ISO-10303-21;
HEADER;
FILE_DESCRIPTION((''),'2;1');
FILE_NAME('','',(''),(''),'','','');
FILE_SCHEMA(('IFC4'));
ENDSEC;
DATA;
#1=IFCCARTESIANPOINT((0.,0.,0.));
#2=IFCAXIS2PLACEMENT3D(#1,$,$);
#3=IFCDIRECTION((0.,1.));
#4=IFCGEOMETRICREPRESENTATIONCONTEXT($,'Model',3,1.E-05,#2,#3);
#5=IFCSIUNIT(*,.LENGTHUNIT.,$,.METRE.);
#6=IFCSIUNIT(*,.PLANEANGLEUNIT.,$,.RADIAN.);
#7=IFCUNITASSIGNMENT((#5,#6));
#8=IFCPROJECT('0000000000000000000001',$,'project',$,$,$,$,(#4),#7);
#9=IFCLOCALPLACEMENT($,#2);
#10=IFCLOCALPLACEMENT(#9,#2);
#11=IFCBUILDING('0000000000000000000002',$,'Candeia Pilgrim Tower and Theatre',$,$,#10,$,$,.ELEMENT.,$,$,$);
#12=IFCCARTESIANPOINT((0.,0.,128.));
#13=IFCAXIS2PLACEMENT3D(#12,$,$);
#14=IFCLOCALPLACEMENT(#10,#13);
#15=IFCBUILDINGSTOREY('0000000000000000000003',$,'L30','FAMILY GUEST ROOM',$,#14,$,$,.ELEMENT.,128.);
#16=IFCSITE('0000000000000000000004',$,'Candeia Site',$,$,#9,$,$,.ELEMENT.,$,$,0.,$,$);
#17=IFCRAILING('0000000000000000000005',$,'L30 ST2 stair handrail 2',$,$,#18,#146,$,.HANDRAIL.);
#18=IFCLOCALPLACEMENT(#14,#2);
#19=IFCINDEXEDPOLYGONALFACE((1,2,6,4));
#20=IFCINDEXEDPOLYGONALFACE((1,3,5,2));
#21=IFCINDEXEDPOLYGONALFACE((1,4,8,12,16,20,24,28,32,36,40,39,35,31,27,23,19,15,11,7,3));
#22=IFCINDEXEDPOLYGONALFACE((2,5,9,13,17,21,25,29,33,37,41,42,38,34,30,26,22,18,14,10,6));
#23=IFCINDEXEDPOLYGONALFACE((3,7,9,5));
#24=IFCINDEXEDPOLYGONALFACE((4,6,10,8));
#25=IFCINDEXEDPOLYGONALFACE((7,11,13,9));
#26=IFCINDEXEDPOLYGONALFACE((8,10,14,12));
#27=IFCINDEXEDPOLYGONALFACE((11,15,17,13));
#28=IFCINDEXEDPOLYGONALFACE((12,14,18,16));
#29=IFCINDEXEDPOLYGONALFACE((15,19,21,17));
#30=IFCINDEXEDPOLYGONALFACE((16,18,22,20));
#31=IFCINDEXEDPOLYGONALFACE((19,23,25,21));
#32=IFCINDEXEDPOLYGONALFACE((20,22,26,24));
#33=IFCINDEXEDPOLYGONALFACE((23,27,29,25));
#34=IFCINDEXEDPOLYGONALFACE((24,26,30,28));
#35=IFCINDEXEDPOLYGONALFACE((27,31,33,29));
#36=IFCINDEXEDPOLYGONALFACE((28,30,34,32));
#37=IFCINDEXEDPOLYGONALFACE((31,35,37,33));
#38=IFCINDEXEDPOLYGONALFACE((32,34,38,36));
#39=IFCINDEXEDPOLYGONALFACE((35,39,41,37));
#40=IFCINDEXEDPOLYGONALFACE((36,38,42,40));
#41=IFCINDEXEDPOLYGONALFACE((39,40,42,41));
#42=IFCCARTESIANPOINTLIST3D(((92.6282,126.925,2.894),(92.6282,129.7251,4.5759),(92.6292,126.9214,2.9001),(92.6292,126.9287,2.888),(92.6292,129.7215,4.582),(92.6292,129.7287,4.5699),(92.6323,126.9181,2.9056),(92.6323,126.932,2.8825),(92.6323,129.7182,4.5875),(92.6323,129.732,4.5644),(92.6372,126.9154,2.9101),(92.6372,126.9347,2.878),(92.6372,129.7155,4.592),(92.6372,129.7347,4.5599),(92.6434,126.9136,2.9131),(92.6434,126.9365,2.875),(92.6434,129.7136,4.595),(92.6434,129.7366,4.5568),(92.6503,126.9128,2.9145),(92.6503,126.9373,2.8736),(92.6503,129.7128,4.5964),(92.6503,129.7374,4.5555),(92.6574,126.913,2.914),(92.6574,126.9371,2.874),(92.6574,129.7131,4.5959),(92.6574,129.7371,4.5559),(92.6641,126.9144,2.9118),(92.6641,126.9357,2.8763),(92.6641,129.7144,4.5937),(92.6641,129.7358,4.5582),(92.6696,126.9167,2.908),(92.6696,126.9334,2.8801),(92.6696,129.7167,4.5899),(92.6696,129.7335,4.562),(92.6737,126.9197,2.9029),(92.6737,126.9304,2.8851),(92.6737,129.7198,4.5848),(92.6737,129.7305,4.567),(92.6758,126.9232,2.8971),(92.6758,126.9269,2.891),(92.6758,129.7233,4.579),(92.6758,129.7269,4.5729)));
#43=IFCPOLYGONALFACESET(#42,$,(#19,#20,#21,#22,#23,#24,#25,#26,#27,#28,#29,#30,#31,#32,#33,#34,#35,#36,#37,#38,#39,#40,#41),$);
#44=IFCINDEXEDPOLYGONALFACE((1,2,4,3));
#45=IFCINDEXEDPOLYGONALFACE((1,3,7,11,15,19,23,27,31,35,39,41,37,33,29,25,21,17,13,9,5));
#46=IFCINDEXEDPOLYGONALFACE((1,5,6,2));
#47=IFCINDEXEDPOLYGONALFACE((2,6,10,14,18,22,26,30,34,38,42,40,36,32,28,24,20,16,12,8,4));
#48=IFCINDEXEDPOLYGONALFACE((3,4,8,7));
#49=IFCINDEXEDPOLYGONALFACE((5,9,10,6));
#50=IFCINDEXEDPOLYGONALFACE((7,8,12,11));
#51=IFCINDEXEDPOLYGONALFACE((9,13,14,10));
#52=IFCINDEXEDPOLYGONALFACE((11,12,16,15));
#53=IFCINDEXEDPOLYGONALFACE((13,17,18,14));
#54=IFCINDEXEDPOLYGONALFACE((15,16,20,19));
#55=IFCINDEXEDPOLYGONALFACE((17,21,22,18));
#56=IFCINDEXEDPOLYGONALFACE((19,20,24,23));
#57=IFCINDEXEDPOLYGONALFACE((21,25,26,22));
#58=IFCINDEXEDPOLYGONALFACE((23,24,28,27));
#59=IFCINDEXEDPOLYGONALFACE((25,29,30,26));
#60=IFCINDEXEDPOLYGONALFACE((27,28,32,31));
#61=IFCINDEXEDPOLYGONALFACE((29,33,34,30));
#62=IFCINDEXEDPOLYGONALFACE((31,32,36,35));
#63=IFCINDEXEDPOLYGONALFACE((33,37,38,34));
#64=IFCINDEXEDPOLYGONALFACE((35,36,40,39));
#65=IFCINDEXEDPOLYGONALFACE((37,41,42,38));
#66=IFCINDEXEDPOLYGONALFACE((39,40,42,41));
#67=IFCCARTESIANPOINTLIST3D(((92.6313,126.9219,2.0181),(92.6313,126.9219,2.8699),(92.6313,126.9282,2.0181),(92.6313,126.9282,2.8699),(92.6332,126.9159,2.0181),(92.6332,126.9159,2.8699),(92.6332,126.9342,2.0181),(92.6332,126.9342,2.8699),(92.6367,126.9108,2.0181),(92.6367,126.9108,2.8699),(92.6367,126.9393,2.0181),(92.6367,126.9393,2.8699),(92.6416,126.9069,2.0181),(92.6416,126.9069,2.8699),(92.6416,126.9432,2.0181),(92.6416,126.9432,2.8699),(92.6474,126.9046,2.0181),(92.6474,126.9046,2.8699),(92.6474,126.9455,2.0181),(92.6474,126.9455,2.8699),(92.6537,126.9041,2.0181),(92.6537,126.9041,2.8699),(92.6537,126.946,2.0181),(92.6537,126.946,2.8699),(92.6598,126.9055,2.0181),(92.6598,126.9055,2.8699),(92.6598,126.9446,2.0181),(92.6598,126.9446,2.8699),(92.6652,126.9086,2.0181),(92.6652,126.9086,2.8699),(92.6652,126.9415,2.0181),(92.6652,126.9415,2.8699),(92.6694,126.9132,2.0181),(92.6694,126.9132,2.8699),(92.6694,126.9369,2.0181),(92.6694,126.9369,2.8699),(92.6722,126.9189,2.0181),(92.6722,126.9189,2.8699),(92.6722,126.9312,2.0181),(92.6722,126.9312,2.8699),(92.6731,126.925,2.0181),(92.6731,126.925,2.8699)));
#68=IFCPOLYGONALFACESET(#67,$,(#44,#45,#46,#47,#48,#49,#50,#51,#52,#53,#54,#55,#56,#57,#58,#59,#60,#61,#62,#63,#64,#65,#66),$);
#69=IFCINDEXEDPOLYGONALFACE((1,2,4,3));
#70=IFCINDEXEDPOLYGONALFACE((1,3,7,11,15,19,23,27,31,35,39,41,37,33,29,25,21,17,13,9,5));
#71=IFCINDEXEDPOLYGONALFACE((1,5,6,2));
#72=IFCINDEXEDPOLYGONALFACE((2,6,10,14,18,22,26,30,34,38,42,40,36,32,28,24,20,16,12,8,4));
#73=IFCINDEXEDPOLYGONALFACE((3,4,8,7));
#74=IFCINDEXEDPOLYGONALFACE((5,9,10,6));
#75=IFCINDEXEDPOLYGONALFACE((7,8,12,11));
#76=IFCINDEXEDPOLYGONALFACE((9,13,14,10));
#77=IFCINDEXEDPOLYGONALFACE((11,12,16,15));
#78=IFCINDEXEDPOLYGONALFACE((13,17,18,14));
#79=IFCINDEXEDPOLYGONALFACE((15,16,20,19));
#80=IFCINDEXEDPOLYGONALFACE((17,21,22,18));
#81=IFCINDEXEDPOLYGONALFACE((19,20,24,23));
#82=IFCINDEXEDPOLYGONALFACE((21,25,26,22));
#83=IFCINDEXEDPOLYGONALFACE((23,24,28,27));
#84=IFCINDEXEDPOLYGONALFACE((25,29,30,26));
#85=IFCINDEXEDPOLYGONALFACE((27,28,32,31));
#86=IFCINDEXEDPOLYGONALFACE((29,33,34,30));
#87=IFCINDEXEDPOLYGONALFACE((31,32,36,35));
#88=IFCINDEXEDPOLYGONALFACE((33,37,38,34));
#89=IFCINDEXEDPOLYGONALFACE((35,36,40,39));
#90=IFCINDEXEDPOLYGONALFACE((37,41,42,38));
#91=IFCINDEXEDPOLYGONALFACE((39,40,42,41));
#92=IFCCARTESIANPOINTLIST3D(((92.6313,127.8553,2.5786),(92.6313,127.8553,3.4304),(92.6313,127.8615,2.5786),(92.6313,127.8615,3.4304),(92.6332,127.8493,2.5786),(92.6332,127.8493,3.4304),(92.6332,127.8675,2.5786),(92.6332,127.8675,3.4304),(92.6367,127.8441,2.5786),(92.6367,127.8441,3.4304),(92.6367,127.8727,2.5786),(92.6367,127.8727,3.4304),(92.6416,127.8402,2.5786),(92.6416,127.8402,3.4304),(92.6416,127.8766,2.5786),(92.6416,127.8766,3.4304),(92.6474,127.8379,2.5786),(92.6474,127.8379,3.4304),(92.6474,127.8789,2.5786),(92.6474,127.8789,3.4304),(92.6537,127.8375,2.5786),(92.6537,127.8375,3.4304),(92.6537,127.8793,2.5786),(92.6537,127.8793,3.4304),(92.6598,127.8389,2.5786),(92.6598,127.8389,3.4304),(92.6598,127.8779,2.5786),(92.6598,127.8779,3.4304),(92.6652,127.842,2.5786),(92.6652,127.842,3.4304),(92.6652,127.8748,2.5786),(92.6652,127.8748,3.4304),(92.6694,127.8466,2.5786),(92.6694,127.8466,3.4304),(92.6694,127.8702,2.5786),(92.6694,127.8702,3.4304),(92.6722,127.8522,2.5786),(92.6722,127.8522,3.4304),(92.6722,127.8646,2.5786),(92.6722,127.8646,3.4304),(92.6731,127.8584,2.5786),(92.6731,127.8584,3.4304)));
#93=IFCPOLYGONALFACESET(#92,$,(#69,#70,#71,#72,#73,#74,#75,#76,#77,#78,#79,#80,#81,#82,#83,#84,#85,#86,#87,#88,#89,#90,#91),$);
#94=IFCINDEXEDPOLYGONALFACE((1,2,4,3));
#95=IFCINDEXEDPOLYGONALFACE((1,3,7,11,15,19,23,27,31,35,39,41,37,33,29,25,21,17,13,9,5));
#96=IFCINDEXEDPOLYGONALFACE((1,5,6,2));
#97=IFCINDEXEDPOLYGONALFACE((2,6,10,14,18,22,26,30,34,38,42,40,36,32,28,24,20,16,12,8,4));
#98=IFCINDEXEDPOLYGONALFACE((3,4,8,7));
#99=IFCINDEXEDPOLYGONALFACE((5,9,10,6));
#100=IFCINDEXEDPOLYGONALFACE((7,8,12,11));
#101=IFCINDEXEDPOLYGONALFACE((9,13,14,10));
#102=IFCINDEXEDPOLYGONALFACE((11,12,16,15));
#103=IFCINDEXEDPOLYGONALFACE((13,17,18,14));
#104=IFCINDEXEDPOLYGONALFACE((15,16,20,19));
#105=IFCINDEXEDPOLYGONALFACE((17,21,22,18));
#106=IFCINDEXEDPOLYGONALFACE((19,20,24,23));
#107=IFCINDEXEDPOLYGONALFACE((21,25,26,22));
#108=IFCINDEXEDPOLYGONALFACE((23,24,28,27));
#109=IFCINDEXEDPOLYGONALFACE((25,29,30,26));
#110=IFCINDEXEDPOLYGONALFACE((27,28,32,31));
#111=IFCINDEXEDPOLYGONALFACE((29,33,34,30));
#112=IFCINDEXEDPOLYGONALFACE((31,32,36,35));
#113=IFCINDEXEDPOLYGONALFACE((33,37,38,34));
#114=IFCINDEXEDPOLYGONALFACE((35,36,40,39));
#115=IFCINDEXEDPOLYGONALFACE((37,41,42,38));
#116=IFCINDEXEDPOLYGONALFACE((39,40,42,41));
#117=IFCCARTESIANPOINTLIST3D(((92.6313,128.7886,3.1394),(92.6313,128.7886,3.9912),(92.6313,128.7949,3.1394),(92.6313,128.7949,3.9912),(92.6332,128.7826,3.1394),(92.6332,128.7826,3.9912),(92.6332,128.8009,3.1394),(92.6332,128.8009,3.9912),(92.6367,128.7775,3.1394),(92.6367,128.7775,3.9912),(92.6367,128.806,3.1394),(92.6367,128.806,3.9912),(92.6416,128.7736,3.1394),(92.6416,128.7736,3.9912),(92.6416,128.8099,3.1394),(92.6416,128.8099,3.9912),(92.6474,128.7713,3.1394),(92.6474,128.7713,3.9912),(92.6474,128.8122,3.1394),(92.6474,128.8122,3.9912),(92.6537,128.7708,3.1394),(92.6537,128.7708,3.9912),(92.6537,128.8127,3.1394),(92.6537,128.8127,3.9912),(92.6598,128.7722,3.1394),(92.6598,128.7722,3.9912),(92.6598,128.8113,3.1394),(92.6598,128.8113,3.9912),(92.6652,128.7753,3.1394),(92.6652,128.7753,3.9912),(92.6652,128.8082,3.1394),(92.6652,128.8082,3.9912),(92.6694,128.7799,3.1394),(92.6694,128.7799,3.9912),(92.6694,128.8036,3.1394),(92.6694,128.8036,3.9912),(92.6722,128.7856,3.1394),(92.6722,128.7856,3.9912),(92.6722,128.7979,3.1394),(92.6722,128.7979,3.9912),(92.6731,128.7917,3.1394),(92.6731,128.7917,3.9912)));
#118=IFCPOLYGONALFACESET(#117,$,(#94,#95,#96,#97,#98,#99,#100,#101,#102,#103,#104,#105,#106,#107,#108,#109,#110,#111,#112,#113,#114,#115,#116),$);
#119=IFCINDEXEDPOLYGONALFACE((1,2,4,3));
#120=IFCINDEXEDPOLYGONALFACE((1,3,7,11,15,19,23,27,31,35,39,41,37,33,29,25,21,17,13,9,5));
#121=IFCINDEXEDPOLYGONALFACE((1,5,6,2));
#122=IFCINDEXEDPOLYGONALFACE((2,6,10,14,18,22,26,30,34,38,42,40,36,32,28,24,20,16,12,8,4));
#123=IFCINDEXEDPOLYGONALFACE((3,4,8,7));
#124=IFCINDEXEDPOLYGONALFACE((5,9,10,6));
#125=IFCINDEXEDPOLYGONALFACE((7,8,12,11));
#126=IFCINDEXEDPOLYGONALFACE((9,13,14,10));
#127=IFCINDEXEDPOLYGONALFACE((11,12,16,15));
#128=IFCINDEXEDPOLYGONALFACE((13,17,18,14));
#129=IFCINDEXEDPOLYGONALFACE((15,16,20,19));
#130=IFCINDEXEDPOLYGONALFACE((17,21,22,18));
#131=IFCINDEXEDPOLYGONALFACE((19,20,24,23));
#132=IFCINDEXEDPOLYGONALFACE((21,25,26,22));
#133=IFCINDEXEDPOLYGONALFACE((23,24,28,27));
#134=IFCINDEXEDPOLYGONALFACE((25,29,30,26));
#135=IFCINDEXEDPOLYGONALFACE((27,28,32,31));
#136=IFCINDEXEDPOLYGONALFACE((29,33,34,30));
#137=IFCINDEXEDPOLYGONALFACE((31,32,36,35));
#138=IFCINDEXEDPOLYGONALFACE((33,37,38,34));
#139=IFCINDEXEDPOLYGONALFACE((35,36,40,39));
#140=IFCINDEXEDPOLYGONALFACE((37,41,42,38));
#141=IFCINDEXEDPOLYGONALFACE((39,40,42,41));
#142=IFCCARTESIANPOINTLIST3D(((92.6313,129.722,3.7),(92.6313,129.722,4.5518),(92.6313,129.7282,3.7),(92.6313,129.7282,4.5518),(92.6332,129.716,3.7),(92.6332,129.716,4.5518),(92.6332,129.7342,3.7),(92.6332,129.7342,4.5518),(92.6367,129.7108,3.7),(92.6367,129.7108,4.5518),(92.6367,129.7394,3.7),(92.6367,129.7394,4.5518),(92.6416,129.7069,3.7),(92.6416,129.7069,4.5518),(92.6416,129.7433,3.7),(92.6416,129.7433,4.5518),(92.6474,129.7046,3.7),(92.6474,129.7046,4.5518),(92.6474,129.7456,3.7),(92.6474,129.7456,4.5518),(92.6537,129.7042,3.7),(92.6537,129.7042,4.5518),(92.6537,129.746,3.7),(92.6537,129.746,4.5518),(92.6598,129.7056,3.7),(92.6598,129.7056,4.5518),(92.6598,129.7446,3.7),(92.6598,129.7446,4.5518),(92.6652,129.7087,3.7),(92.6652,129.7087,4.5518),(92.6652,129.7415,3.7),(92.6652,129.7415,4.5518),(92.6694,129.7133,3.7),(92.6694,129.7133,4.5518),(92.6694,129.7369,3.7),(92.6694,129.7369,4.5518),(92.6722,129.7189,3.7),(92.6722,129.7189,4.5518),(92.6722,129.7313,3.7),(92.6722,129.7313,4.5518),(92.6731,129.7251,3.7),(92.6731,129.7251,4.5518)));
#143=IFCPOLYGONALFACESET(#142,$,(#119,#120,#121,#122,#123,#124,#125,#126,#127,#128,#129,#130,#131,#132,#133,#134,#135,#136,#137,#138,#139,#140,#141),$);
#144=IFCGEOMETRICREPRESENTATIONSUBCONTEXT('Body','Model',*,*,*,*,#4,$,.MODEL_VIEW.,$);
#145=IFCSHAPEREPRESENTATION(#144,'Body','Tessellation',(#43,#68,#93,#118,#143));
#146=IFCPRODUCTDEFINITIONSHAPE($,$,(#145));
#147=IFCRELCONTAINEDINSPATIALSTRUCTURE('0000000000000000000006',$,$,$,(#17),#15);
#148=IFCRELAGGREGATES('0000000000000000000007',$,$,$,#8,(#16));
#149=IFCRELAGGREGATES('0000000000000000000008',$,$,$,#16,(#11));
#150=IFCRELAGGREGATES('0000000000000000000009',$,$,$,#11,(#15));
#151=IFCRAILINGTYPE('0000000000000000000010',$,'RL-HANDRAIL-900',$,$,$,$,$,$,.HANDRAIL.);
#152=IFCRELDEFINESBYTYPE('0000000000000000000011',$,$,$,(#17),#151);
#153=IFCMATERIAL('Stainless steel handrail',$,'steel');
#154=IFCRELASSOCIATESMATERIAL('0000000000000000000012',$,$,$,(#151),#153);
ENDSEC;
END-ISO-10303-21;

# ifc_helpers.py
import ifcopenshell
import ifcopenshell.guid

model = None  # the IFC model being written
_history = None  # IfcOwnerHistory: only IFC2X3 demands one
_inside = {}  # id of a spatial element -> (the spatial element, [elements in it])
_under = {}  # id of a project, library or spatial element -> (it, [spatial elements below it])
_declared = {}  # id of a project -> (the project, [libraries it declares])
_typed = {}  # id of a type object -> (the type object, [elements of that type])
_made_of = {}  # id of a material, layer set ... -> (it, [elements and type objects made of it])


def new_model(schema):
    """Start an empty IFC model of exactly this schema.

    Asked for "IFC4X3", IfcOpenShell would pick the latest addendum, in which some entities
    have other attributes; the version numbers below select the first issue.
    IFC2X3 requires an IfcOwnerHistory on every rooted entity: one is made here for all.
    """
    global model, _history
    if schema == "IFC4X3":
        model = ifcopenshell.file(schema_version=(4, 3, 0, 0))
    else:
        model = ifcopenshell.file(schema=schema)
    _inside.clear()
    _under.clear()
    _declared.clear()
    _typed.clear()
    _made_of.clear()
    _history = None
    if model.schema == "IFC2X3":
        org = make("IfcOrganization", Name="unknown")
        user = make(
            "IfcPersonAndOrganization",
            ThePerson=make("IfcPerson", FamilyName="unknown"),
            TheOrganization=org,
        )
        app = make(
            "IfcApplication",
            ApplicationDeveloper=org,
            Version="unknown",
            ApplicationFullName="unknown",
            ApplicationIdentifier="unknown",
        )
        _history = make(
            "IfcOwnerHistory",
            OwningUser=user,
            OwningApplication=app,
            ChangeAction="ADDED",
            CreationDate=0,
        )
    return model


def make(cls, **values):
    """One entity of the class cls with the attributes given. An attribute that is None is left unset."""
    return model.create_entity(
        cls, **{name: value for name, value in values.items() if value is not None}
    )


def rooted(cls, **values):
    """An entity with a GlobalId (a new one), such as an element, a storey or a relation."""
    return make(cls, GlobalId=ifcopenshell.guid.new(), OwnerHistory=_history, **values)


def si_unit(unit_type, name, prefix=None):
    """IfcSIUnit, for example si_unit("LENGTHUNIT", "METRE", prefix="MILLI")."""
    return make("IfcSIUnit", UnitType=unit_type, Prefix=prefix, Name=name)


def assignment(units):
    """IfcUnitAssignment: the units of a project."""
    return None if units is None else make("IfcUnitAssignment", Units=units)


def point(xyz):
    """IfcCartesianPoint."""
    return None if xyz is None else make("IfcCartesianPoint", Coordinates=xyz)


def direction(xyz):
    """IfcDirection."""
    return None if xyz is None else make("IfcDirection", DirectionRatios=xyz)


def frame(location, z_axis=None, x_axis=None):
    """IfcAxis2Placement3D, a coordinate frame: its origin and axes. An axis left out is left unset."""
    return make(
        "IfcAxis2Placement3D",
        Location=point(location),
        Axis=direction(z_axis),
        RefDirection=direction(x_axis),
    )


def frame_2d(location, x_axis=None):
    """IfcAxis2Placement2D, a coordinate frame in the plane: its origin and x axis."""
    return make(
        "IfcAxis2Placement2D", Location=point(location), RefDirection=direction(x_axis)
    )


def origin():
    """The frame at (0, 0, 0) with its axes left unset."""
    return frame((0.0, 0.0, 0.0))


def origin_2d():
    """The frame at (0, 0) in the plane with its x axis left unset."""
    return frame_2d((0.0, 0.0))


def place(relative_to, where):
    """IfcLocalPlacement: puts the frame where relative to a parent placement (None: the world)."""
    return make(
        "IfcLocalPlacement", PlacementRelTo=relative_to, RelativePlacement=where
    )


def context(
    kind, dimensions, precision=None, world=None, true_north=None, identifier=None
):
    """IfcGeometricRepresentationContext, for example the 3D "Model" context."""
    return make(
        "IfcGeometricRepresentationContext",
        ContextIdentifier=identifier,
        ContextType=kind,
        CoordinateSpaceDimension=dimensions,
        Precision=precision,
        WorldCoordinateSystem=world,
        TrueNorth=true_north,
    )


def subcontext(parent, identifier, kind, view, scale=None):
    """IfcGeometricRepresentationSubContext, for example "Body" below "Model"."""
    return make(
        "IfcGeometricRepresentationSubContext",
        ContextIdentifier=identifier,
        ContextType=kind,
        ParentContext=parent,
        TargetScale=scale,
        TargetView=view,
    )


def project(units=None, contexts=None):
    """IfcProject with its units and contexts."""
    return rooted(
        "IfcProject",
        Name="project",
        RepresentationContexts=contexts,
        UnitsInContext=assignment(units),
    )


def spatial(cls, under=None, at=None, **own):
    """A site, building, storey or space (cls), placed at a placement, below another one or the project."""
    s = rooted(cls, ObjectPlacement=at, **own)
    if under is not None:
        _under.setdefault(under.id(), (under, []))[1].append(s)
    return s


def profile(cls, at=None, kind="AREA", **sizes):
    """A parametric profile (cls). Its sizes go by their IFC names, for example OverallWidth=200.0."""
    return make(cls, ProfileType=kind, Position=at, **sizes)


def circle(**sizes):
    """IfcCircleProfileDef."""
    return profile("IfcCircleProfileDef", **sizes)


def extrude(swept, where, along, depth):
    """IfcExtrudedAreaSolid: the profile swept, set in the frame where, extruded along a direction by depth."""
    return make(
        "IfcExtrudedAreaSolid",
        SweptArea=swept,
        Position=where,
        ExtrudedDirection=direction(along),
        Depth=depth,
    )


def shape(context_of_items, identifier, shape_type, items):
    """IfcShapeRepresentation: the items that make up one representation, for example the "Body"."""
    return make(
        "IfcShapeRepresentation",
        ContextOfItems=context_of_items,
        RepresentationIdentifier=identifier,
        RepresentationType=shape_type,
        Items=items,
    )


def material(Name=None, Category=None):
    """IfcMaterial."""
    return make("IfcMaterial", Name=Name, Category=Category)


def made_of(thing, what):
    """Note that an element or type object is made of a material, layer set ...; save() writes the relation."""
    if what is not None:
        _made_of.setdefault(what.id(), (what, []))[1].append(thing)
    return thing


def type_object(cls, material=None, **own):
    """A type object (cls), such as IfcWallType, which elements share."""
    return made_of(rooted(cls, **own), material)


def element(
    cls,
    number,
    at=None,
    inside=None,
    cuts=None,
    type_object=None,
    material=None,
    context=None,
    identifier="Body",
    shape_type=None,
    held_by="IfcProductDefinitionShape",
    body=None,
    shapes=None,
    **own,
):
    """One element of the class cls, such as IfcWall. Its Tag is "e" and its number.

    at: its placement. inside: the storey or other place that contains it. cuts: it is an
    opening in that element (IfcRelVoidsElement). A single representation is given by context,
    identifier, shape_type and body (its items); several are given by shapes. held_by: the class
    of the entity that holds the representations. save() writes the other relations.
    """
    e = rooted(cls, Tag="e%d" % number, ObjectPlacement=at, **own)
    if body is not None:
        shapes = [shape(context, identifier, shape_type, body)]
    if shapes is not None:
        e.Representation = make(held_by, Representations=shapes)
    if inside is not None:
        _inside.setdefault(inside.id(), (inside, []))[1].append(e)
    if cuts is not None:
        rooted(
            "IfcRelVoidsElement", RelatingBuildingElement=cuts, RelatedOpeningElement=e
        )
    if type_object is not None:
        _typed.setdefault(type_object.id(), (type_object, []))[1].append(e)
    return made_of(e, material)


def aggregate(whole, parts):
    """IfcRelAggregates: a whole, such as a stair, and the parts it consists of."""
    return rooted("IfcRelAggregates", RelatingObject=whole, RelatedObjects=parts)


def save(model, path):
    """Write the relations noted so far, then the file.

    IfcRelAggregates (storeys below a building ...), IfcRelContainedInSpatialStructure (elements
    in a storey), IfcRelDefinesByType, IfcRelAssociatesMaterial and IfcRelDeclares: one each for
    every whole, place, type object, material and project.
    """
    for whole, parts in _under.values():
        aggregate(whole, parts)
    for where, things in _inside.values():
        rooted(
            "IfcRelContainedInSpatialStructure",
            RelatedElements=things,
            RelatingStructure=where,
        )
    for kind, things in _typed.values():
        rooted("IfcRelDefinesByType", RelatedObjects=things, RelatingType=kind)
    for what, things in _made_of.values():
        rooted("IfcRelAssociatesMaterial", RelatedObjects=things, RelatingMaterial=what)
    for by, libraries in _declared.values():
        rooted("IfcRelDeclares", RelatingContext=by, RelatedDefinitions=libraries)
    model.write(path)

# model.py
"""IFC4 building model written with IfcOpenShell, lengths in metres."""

from ifc_helpers import new_model, si_unit, direction, frame, origin, origin_2d, place, context, subcontext, project, spatial, circle, extrude, material, type_object, element, save


model = new_model("IFC4")

# Units and contexts
model_context = context("Model", 3, precision=1e-05, world=origin(), true_north=direction((0.0, 1.0)))
body_context = subcontext(model_context, "Body", "Model", "MODEL_VIEW")
ifc_project = project(units=[si_unit("LENGTHUNIT", "METRE"), si_unit("PLANEANGLEUNIT", "RADIAN")], contexts=[model_context])

# Site, building, storey
site_placement = place(None, origin())
site = spatial("IfcSite", under=ifc_project, at=site_placement, Name="Candeia Site", CompositionType="ELEMENT", RefElevation=0.0)
building_placement = place(site_placement, origin())
building = spatial("IfcBuilding", under=site, at=building_placement, Name="Candeia Pilgrim Tower and Theatre", CompositionType="ELEMENT")
storey_placement = place(building_placement, frame((0.0, 0.0, 128.0)))
storey = spatial("IfcBuildingStorey", under=building, at=storey_placement, Name="L30", Description="FAMILY GUEST ROOM", CompositionType="ELEMENT", Elevation=128.0)

# Railing
ifc_material_1 = material(Name="Stainless steel handrail", Category="steel")
railing_type = type_object("IfcRailingType", Name="RL-HANDRAIL-900", PredefinedType="HANDRAIL", material=ifc_material_1)
for number, where, name in (
    (1, (92.6521, 126.925, 2.0181), "L30 ST2 stair handrail 2"),
):
    element("IfcRailing", number, at=place(storey_placement, frame(where)), inside=storey, type_object=railing_type, Name=name, PredefinedType="HANDRAIL", context=body_context, shape_type="SweptSolid", body=[
        extrude(circle(Radius=0.0239, at=origin_2d()), frame((0.0, 0.0, 0.876), z_axis=(0.0, 0.857242, 0.514913), x_axis=(-1.0, 0.0, 0.0)), (0.0, 0.0, 1.0), 3.2664),
        extrude(circle(Radius=0.021, at=origin_2d()), origin(), (0.0, 0.0, 1.0), 0.8518),
        extrude(circle(Radius=0.021, at=origin_2d()), frame((0.0, 0.9333, 0.5605)), (0.0, 0.0, 1.0), 0.8518),
        extrude(circle(Radius=0.021, at=origin_2d()), frame((0.0, 1.8667, 1.1213)), (0.0, 0.0, 1.0), 0.8518),
        extrude(circle(Radius=0.021, at=origin_2d()), frame((0.0, 2.8, 1.6819)), (0.0, 0.0, 1.0), 0.8518),
    ])

save(model, "model.ifc")
